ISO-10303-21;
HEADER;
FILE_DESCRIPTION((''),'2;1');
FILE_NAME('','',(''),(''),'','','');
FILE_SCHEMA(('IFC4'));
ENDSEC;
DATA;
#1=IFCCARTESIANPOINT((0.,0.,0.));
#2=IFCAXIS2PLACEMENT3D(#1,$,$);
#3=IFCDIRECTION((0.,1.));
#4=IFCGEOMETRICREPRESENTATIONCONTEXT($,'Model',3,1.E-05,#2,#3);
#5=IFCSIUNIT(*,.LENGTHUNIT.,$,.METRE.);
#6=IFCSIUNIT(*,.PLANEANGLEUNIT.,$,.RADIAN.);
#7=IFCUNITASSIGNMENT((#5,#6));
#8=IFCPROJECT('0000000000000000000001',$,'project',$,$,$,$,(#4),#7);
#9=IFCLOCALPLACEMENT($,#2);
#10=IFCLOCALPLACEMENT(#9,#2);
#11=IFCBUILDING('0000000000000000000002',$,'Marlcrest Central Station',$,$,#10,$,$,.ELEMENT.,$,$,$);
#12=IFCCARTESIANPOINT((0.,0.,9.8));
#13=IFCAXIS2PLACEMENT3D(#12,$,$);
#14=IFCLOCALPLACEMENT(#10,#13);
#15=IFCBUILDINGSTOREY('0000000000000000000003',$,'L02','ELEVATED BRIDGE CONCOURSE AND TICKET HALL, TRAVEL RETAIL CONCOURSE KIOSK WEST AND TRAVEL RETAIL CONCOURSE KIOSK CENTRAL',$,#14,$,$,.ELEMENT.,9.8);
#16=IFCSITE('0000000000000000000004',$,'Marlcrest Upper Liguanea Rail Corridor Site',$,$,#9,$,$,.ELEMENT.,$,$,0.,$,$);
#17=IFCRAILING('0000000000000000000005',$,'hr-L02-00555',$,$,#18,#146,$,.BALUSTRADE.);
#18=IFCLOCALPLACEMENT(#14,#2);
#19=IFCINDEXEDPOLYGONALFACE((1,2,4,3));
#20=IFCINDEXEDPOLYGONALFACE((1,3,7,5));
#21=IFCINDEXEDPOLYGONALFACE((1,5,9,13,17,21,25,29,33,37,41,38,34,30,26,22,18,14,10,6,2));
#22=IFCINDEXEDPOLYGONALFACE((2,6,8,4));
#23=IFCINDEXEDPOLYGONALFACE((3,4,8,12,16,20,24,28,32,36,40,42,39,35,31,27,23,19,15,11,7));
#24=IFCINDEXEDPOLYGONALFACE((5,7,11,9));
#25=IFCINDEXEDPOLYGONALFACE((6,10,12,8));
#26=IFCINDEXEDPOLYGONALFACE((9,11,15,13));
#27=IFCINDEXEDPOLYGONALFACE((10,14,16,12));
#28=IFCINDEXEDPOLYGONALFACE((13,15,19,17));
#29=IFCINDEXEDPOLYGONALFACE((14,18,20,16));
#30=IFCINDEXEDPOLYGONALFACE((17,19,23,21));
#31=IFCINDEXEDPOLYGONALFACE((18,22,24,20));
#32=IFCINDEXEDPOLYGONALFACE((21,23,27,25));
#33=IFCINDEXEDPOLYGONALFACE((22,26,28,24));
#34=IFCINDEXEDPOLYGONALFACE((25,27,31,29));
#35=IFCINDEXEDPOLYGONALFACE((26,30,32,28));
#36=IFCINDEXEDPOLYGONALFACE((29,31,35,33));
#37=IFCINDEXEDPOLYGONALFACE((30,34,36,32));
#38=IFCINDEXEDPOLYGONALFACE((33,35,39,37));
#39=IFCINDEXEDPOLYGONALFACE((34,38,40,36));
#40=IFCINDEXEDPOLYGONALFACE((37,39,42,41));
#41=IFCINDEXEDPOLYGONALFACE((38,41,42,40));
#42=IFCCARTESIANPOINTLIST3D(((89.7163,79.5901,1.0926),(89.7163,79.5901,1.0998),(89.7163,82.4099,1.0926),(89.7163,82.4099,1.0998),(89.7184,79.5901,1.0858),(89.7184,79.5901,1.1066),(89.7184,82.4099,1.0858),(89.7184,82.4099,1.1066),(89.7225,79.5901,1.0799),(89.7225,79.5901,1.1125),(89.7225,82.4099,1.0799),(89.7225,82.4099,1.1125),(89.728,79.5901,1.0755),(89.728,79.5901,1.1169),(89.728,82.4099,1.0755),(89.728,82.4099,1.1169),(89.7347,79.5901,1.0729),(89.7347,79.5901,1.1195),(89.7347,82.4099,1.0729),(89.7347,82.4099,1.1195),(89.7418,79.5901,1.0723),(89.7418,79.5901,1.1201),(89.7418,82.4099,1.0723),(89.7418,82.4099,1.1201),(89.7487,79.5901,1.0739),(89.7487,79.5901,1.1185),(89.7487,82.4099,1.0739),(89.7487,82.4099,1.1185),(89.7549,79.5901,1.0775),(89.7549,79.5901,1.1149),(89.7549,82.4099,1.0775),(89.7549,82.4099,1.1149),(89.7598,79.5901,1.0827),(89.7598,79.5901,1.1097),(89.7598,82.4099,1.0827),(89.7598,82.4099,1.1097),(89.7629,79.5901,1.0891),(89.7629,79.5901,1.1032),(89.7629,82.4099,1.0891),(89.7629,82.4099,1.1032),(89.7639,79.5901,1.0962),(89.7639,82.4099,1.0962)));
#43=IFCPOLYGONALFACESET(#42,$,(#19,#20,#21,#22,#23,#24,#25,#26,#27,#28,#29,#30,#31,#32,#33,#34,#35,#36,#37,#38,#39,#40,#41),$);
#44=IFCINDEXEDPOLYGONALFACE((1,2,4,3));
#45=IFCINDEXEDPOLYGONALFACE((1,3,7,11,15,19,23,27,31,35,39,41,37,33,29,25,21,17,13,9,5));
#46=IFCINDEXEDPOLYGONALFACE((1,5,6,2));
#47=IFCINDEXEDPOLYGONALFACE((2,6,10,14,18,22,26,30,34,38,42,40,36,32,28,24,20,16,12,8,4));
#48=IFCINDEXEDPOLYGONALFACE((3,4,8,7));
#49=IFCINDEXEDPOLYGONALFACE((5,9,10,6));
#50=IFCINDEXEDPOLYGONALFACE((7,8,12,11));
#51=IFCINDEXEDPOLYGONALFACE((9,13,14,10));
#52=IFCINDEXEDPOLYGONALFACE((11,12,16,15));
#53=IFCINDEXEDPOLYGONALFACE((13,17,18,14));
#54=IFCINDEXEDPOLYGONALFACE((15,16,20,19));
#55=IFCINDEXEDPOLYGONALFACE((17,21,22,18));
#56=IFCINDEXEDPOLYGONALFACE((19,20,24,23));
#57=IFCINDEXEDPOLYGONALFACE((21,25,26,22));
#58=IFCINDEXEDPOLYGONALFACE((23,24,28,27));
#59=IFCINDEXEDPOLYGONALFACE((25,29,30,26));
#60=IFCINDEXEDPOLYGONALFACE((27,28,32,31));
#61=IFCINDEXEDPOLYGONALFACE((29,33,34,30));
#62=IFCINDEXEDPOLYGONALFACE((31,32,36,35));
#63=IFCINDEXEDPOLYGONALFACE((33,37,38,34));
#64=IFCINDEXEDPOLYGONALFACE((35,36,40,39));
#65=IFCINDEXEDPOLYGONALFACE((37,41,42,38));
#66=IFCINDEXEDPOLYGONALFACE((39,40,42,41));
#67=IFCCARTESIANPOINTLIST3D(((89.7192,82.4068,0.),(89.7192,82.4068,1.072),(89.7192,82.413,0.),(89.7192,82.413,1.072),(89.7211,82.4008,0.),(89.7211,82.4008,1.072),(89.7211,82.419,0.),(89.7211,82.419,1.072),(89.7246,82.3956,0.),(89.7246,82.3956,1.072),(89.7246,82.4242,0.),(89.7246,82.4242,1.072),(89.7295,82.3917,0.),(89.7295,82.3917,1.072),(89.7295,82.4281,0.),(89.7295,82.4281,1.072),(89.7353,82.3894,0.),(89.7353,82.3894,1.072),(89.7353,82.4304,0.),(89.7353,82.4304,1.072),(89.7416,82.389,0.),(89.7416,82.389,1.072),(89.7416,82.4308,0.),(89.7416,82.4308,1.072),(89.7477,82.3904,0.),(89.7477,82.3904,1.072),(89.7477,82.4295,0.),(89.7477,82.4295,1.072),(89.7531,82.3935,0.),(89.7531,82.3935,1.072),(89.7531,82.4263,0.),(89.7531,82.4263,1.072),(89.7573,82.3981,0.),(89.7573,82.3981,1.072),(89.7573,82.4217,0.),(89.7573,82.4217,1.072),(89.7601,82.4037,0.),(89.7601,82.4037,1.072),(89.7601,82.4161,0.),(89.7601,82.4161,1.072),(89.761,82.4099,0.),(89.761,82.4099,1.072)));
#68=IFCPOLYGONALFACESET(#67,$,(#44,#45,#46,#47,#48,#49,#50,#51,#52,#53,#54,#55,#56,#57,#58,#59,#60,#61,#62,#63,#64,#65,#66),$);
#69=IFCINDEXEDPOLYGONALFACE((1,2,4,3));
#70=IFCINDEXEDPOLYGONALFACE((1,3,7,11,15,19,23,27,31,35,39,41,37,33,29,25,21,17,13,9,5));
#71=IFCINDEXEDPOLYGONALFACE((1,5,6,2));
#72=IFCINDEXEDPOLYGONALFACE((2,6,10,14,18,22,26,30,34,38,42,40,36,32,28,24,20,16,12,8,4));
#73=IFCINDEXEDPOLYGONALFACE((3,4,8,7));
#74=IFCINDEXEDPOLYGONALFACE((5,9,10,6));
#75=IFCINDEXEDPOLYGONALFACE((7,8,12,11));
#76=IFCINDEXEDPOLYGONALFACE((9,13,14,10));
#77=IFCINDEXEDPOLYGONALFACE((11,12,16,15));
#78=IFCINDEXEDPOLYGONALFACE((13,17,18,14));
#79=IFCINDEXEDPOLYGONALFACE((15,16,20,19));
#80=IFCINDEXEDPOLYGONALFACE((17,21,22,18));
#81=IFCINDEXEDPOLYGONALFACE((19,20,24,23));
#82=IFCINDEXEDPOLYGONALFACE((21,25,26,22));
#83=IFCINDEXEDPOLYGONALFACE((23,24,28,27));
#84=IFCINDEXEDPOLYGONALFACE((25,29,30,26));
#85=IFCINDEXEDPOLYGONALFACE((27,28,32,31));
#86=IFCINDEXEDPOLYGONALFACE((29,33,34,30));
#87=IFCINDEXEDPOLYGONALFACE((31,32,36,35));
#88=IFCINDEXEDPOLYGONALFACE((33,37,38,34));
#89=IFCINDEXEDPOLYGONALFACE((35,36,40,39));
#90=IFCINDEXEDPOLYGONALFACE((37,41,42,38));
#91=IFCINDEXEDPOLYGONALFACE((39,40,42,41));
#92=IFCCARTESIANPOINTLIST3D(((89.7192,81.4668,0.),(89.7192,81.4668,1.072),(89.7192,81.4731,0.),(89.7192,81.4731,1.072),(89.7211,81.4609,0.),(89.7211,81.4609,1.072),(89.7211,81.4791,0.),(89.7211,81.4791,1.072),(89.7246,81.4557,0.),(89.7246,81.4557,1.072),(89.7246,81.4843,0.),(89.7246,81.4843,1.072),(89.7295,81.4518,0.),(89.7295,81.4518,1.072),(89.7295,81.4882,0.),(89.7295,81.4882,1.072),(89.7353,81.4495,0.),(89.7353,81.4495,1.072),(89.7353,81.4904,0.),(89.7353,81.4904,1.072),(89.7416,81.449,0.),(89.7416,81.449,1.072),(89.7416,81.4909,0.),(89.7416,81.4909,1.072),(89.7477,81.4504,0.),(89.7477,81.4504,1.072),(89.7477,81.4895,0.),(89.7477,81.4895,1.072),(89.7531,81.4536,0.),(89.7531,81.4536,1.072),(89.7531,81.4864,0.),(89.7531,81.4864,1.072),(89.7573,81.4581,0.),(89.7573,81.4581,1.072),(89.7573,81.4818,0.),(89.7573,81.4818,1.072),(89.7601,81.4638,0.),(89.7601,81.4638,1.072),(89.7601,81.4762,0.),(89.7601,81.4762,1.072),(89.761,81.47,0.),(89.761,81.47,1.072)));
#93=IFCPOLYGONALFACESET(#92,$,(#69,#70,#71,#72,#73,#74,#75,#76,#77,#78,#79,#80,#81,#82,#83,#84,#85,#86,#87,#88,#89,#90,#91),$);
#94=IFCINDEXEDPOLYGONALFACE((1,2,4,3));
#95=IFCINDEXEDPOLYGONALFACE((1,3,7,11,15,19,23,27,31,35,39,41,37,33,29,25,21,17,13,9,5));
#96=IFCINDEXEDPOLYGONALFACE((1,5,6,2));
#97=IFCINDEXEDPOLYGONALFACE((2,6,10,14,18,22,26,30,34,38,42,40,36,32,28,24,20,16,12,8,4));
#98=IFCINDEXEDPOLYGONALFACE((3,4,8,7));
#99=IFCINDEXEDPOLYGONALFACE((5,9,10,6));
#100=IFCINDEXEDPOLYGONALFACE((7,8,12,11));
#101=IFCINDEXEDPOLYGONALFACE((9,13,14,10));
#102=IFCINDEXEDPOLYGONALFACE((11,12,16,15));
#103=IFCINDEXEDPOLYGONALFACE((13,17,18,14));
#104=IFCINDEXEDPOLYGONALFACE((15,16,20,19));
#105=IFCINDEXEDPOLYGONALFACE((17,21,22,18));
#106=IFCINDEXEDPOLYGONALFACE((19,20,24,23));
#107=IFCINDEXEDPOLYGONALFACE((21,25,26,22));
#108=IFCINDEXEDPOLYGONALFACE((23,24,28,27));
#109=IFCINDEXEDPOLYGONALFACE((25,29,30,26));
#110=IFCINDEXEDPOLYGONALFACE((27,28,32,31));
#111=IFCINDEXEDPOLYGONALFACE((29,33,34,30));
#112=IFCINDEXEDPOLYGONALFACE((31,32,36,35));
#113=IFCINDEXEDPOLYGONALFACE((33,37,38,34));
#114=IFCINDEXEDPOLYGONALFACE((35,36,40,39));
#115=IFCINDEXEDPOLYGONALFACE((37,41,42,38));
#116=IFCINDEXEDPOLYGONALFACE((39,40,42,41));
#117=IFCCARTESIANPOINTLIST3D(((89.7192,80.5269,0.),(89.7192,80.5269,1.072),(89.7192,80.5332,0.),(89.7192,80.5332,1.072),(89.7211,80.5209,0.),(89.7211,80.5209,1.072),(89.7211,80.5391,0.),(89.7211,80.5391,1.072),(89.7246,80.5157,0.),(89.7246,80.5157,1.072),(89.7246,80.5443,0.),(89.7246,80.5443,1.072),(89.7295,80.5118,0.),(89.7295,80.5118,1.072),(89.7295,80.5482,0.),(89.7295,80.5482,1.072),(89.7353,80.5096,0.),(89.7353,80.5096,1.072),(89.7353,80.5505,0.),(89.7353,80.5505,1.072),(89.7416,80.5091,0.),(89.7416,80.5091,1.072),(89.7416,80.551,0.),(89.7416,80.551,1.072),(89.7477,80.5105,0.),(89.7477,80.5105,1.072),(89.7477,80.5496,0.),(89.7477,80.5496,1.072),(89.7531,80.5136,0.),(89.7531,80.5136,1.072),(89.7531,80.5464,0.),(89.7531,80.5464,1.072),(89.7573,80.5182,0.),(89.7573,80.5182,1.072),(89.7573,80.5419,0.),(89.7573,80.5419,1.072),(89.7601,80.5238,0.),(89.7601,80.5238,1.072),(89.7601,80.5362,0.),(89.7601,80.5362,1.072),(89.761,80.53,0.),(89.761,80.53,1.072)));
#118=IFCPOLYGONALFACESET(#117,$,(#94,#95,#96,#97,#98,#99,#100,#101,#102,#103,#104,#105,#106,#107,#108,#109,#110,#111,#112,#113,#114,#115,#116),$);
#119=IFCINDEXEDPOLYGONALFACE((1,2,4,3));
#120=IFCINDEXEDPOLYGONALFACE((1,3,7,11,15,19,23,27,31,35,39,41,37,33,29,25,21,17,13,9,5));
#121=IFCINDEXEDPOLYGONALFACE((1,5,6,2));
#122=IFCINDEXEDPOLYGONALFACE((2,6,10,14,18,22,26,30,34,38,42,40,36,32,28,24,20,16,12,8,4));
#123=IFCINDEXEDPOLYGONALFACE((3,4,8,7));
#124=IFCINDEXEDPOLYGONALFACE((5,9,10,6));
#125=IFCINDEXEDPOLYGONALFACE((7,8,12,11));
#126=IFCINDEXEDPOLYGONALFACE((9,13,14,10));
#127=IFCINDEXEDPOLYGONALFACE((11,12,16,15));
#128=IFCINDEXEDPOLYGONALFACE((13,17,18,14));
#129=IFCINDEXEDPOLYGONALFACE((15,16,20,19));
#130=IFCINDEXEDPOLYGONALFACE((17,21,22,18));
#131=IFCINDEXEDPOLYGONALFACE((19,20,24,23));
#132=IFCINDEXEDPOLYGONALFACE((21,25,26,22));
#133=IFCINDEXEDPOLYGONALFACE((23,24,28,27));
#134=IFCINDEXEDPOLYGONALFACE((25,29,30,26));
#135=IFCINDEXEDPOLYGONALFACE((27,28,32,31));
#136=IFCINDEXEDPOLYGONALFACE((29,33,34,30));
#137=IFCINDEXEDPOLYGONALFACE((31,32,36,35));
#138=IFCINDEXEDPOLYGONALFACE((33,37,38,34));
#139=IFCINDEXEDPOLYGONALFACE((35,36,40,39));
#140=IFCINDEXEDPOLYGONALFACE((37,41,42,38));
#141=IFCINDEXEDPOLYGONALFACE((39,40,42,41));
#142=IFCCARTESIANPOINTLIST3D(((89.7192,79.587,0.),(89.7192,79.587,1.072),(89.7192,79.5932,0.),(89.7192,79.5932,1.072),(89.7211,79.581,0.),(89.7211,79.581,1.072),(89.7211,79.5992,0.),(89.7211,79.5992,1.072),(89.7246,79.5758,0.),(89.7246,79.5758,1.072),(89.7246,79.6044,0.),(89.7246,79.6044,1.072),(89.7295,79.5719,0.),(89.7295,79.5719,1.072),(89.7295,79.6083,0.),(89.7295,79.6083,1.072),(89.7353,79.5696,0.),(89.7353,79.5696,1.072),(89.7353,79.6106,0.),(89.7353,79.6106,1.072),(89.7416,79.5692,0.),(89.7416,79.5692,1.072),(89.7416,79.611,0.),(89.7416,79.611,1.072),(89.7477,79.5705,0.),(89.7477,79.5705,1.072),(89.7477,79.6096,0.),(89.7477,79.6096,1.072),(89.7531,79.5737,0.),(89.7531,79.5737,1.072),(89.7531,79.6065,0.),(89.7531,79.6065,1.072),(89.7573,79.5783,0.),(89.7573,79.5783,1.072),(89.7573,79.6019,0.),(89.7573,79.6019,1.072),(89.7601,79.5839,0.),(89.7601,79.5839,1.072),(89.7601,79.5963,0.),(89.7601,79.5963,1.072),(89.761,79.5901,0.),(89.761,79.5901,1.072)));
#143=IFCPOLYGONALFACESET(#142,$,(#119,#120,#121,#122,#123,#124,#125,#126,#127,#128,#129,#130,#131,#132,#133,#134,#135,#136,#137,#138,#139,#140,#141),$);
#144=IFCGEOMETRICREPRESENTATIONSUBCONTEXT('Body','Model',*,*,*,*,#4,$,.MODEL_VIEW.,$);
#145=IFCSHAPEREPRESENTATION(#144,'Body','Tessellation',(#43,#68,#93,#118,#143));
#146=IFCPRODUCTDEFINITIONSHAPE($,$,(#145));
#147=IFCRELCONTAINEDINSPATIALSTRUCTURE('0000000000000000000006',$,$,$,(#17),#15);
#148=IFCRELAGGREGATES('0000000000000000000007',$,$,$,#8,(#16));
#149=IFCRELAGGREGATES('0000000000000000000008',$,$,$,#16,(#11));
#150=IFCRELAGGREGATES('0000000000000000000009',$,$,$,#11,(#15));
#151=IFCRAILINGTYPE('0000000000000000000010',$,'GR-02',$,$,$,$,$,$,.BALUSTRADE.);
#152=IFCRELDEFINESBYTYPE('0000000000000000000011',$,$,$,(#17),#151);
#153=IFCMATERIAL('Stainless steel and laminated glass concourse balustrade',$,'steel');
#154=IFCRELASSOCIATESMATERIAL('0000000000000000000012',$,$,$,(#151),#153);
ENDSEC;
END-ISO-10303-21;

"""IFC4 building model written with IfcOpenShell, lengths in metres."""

from ifc_helpers import new_model, si_unit, direction, frame, origin, origin_2d, place, context, subcontext, project, spatial, circle, extrude, material, type_object, element, save


model = new_model("IFC4")

# Units and contexts
model_context = context("Model", 3, precision=1e-05, world=origin(), true_north=direction((0.0, 1.0)))
body_context = subcontext(model_context, "Body", "Model", "MODEL_VIEW")
ifc_project = project(units=[si_unit("LENGTHUNIT", "METRE"), si_unit("PLANEANGLEUNIT", "RADIAN")], contexts=[model_context])

# Site, building, storey
site_placement = place(None, origin())
site = spatial("IfcSite", under=ifc_project, at=site_placement, Name="Marlcrest Upper Liguanea Rail Corridor Site", CompositionType="ELEMENT", RefElevation=0.0)
building_placement = place(site_placement, origin())
building = spatial("IfcBuilding", under=site, at=building_placement, Name="Marlcrest Central Station", CompositionType="ELEMENT")
storey_placement = place(building_placement, frame((0.0, 0.0, 9.8)))
storey = spatial("IfcBuildingStorey", under=building, at=storey_placement, Name="L02", Description="ELEVATED BRIDGE CONCOURSE AND TICKET HALL, TRAVEL RETAIL CONCOURSE KIOSK WEST AND TRAVEL RETAIL CONCOURSE KIOSK CENTRAL", CompositionType="ELEMENT", Elevation=9.8)

# Railing
ifc_material_1 = material(Name="Stainless steel and laminated glass concourse balustrade", Category="steel")
railing_type = type_object("IfcRailingType", Name="GR-02", PredefinedType="BALUSTRADE", material=ifc_material_1)
railing_1_placement = place(storey_placement, frame((89.74, 82.4099, 0.0)))
element("IfcRailing", 1, at=railing_1_placement, inside=storey, type_object=railing_type, Name="hr-L02-00555", PredefinedType="BALUSTRADE", context=body_context, shape_type="SweptSolid", body=[
    extrude(circle(Radius=0.0239, at=origin_2d()), frame((0.0, 0.0, 1.0962), z_axis=(0.0, -1.0, 0.0), x_axis=(1.0, 0.0, 0.0)), (0.0, 0.0, 1.0), 2.8198),
    extrude(circle(Radius=0.021, at=origin_2d()), origin(), (0.0, 0.0, 1.0), 1.072),
    extrude(circle(Radius=0.021, at=origin_2d()), frame((0.0, -0.9399, 0.0)), (0.0, 0.0, 1.0), 1.072),
    extrude(circle(Radius=0.021, at=origin_2d()), frame((0.0, -1.8799, 0.0)), (0.0, 0.0, 1.0), 1.072),
    extrude(circle(Radius=0.021, at=origin_2d()), frame((0.0, -2.8198, 0.0)), (0.0, 0.0, 1.0), 1.072),
])

save(model, "model.ifc")
